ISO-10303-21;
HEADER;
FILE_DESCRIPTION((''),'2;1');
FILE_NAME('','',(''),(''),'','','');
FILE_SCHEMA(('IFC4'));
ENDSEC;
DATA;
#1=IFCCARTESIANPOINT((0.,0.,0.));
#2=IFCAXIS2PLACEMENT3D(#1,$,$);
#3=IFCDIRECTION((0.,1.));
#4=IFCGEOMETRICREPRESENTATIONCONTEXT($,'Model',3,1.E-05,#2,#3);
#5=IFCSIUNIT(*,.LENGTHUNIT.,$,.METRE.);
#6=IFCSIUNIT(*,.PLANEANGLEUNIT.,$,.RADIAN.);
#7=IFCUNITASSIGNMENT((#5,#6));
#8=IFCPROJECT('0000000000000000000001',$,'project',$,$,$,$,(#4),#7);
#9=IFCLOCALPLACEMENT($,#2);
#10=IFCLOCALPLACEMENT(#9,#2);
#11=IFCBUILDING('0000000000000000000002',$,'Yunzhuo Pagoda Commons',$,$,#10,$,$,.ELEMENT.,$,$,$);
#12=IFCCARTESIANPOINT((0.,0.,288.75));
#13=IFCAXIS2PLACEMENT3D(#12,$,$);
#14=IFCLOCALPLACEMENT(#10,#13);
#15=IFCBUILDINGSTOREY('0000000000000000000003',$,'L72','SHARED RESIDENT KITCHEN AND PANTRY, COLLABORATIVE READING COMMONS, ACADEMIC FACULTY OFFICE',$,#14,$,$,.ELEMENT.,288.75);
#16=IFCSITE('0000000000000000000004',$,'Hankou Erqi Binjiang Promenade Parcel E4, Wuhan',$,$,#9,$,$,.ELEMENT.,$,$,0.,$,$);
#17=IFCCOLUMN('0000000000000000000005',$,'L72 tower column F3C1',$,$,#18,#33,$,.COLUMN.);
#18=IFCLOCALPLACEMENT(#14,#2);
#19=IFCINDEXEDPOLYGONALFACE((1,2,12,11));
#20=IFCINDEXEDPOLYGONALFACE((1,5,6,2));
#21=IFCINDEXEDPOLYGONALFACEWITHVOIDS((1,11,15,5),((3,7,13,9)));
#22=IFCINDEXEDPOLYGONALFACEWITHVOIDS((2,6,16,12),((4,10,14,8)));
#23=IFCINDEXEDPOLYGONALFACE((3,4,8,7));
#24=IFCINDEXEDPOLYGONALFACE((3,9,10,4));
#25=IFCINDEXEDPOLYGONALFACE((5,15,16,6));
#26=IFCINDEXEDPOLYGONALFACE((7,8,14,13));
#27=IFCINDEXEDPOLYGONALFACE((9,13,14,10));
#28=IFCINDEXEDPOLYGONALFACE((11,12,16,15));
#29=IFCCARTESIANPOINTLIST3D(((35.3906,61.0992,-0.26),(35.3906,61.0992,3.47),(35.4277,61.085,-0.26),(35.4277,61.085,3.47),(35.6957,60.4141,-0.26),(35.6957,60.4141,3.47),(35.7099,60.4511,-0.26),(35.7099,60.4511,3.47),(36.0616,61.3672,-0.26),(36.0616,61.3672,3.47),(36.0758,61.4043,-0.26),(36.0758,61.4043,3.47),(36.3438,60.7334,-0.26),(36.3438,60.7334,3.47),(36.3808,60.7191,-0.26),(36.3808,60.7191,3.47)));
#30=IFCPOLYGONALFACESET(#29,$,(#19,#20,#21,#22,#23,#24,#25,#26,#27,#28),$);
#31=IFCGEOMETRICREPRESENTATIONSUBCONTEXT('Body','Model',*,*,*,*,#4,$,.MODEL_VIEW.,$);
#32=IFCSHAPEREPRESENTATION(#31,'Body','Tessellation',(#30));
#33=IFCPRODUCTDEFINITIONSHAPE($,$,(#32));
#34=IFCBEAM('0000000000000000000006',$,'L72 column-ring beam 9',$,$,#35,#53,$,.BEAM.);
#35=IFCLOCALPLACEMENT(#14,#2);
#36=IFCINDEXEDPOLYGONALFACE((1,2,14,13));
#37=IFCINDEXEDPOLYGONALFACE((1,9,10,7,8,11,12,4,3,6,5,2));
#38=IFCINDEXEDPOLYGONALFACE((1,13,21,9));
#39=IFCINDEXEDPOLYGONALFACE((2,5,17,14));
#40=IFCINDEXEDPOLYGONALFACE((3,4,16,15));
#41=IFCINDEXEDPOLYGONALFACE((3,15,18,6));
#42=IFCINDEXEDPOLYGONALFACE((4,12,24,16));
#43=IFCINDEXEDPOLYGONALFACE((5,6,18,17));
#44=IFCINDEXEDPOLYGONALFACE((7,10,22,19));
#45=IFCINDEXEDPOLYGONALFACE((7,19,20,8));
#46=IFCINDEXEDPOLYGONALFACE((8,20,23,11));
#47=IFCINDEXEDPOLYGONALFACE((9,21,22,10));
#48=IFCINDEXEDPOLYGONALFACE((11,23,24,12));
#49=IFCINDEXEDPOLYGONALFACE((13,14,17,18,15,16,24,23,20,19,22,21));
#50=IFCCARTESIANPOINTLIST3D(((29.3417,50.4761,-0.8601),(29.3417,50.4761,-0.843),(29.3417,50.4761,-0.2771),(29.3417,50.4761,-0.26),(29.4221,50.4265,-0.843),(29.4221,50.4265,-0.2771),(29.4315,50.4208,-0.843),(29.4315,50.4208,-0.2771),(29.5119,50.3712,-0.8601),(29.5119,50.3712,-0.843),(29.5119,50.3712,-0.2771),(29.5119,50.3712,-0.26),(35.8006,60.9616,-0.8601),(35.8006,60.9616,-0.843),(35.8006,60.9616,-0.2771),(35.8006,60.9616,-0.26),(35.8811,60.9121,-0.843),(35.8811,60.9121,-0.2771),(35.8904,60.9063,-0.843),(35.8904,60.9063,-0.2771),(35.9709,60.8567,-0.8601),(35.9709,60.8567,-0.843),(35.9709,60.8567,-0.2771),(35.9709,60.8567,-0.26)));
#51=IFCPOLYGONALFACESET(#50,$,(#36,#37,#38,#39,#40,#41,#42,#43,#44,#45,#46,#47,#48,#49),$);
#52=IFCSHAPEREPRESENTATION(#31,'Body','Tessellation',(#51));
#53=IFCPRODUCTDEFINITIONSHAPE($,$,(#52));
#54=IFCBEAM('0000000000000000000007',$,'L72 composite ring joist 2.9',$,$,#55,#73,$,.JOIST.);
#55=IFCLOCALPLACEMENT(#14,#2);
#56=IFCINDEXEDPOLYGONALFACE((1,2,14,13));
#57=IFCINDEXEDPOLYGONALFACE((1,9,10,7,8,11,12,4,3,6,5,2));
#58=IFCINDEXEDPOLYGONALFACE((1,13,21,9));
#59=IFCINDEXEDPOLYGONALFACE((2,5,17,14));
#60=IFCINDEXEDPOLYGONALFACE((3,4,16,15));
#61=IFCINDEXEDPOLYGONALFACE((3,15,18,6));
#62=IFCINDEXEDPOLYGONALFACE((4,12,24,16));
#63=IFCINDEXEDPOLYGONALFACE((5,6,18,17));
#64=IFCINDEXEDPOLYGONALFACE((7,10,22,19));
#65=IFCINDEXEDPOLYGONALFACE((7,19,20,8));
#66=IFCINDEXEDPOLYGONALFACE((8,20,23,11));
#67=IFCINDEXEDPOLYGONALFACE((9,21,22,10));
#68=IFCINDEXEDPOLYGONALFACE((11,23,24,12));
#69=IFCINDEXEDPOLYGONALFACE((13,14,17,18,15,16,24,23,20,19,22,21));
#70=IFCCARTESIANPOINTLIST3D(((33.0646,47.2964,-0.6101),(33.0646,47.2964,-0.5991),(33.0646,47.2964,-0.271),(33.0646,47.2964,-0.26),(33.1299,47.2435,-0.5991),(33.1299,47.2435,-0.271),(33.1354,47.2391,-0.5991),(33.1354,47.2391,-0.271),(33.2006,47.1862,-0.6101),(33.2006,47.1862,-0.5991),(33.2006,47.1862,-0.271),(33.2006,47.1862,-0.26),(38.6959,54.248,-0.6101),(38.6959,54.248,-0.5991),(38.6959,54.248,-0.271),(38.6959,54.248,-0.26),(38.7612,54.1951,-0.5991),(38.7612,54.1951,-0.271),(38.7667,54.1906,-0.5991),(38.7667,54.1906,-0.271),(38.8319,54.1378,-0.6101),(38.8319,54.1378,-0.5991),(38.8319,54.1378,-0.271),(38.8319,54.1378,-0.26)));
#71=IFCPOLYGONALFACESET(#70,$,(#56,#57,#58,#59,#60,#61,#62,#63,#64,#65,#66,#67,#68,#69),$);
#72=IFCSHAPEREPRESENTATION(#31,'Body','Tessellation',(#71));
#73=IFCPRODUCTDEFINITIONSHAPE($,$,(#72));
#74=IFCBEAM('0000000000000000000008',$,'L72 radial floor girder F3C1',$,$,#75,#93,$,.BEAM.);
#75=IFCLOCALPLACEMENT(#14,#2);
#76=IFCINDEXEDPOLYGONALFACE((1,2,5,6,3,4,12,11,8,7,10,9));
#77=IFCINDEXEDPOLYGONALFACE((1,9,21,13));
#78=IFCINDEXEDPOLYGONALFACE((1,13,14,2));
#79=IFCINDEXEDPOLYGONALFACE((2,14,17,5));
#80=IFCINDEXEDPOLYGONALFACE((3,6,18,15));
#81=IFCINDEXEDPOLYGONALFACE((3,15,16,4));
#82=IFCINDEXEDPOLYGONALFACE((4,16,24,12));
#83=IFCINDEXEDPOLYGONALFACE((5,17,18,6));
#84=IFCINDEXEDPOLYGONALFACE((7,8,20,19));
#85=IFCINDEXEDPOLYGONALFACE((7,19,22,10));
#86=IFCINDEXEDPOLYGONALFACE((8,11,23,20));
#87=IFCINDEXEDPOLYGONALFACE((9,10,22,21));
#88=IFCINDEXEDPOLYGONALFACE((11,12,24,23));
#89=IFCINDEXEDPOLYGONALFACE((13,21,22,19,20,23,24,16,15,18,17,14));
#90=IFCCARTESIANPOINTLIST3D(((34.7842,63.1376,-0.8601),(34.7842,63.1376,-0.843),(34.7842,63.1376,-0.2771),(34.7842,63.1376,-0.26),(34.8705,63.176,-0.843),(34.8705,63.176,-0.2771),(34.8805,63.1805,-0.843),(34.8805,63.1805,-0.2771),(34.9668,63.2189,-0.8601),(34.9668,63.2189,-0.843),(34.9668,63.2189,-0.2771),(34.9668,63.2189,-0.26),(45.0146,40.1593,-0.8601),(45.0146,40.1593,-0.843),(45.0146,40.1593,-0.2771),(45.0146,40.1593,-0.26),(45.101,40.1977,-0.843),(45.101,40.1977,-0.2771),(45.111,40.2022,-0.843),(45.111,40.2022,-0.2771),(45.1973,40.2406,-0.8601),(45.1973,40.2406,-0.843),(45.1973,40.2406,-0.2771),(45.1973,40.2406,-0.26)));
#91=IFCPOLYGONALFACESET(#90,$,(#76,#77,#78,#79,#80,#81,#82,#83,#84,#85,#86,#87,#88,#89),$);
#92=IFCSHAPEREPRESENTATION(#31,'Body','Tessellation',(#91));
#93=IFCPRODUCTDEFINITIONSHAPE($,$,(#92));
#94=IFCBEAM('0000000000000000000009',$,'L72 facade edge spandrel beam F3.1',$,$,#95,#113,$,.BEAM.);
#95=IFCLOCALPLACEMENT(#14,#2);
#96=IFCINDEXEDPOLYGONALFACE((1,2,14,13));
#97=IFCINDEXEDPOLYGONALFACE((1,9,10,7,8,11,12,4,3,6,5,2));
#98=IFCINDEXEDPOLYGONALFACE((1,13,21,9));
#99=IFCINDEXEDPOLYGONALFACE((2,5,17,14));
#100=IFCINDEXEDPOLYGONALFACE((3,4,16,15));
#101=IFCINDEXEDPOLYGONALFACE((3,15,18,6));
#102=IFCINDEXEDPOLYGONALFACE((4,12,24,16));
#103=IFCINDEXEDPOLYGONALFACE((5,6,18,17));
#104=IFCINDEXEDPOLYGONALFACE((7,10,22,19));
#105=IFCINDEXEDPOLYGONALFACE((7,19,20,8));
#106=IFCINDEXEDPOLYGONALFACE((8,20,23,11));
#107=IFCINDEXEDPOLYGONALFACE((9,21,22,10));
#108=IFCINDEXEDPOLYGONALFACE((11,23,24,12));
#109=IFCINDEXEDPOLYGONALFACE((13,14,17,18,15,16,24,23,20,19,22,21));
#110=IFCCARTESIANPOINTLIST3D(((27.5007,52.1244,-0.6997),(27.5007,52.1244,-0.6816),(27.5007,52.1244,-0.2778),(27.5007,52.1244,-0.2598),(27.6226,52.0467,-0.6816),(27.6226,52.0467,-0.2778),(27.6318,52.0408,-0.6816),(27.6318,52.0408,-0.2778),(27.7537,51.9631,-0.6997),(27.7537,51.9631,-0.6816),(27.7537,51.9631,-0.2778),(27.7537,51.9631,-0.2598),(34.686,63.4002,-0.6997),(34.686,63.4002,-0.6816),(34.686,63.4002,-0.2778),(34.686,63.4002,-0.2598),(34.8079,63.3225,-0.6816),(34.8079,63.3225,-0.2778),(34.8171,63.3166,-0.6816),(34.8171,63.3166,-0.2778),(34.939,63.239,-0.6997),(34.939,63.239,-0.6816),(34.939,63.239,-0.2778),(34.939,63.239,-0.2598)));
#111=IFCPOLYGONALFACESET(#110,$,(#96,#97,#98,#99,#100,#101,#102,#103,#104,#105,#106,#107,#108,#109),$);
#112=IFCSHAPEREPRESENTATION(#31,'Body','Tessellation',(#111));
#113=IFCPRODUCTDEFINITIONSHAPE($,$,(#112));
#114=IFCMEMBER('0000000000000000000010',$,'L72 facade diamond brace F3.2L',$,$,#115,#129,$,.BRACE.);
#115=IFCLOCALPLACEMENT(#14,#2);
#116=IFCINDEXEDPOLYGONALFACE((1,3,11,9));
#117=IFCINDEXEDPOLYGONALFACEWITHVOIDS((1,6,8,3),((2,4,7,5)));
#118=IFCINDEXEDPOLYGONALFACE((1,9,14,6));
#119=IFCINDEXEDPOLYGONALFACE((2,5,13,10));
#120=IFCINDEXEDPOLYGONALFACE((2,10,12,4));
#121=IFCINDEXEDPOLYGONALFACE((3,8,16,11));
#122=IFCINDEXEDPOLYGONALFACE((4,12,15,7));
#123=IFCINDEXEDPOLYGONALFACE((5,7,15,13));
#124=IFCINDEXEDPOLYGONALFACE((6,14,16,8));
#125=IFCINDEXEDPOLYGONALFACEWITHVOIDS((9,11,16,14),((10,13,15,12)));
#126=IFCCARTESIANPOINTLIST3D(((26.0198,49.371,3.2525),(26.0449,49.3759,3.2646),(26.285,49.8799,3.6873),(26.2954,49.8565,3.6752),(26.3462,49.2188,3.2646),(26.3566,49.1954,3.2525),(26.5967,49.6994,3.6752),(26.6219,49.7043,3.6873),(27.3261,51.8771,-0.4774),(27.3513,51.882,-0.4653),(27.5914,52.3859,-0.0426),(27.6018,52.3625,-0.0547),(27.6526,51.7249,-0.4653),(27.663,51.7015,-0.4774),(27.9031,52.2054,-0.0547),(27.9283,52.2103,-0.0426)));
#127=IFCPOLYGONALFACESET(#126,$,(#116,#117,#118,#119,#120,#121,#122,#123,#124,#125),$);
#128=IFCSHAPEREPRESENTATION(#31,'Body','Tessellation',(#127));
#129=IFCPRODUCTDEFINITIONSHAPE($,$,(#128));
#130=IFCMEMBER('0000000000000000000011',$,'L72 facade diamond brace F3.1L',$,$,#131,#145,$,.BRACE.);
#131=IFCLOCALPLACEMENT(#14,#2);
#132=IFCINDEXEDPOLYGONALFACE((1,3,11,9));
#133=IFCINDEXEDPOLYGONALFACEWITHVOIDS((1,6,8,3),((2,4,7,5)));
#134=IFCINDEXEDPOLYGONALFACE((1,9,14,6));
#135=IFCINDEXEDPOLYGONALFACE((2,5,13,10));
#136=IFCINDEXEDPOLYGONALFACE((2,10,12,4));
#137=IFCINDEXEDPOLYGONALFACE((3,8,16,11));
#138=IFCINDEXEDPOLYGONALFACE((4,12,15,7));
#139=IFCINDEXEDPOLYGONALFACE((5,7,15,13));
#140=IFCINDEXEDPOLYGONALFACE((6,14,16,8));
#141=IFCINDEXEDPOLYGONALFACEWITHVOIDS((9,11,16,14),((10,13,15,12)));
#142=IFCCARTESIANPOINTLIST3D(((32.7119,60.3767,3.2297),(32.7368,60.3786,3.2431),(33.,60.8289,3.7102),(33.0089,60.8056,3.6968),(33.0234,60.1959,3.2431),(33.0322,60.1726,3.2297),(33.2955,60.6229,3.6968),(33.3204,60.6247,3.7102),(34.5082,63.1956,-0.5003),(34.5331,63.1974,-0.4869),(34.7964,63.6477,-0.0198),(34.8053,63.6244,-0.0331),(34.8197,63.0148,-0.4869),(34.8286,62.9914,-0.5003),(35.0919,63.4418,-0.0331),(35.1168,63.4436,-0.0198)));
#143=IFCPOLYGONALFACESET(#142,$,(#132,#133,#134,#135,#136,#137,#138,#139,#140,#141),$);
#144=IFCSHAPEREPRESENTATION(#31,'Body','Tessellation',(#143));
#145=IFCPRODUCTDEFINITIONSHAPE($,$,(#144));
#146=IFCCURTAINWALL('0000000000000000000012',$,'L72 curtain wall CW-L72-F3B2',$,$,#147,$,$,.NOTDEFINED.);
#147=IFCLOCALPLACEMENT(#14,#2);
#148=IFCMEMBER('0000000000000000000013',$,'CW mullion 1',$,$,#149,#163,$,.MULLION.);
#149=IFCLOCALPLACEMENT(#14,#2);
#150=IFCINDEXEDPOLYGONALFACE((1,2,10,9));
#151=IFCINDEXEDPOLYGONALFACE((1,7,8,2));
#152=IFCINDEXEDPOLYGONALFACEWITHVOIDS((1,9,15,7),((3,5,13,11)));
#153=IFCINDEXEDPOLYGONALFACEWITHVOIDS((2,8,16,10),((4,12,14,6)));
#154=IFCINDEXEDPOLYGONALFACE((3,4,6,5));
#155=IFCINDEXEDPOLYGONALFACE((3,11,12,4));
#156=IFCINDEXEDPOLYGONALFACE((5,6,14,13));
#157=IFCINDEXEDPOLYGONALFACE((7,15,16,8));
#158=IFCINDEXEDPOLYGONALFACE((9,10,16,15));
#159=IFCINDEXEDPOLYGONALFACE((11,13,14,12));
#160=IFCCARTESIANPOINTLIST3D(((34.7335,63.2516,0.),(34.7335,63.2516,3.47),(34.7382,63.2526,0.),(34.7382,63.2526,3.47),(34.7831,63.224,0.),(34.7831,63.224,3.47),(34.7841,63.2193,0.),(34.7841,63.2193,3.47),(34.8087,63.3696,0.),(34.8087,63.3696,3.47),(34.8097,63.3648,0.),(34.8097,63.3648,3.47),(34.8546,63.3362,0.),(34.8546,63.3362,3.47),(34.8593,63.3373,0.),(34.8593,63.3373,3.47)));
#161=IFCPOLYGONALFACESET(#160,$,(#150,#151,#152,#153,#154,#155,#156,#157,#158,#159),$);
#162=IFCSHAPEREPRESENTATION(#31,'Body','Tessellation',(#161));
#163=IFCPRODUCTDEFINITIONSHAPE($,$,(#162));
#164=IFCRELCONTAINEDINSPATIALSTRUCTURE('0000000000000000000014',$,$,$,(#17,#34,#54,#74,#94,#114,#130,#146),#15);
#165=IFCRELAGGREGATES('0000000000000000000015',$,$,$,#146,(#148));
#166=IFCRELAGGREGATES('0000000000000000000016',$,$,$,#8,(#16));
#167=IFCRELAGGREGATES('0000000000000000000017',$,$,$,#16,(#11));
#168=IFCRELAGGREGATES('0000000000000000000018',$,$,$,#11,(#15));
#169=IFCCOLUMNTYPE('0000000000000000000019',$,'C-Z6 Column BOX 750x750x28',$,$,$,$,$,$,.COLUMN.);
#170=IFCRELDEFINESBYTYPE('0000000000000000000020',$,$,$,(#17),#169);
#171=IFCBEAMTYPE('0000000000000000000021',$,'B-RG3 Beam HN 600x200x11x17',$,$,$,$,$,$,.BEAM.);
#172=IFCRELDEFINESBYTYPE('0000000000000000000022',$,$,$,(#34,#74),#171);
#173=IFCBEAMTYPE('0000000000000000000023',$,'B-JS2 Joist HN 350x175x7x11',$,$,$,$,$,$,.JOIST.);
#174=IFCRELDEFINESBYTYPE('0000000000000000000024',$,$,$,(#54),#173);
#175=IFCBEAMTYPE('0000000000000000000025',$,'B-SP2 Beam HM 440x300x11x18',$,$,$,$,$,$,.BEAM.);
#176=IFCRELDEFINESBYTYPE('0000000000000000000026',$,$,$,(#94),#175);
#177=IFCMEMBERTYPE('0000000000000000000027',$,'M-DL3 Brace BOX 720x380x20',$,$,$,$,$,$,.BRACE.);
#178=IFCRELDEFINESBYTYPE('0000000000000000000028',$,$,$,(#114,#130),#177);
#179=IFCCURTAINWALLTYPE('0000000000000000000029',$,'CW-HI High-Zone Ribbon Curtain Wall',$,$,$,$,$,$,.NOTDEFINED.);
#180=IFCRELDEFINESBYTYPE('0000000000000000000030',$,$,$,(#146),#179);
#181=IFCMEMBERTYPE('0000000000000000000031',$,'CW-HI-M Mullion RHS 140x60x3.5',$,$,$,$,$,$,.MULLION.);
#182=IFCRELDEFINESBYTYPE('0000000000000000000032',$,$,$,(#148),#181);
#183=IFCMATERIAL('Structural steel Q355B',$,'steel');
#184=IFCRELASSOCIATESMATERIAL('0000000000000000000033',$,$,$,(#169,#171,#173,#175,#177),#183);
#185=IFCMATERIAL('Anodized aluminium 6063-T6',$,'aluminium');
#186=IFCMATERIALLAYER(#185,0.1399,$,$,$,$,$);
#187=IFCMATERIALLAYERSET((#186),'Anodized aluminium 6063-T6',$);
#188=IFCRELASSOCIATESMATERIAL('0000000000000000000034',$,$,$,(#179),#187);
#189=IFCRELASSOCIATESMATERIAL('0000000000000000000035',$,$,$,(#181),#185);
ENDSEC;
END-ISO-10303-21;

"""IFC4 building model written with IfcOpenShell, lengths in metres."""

from ifc_helpers import new_model, si_unit, direction, frame, origin, origin_2d, place, context, subcontext, project, spatial, hollow_rectangle, i_section, extrude, source, transform, mapped, material, layer, layer_set, material_profile, profile_set, type_object, element, aggregate, save


model = new_model("IFC4")

# Units and contexts
model_context = context("Model", 3, precision=1e-05, world=origin(), true_north=direction((0.0, 1.0)))
body_context = subcontext(model_context, "Body", "Model", "MODEL_VIEW")
ifc_project = project(units=[si_unit("LENGTHUNIT", "METRE"), si_unit("PLANEANGLEUNIT", "RADIAN")], contexts=[model_context])

# Site, building, storey
site_placement = place(None, origin())
site = spatial("IfcSite", under=ifc_project, at=site_placement, Name="Hankou Erqi Binjiang Promenade Parcel E4, Wuhan", CompositionType="ELEMENT", RefElevation=0.0)
building_placement = place(site_placement, origin())
building = spatial("IfcBuilding", under=site, at=building_placement, Name="Yunzhuo Pagoda Commons", CompositionType="ELEMENT")
storey_placement = place(building_placement, frame((0.0, 0.0, 288.75)))
storey = spatial("IfcBuildingStorey", under=building, at=storey_placement, Name="L72", Description="SHARED RESIDENT KITCHEN AND PANTRY, COLLABORATIVE READING COMMONS, ACADEMIC FACULTY OFFICE", CompositionType="ELEMENT", Elevation=288.75)

# Column
ifc_material_1 = material(Name="Structural steel Q355B", Category="steel")
ifc_material_profile_1 = material_profile(ifc_material_1, hollow_rectangle(XDim=0.75, YDim=0.75, WallThickness=0.0281, at=origin_2d()), Name="Structural steel Q355B")
ifc_profile_set_1 = profile_set([ifc_material_profile_1], Name="Structural steel Q355B")
column_type = type_object("IfcColumnType", Name="C-Z6 Column BOX 750x750x28", PredefinedType="COLUMN", material=ifc_profile_set_1)
shared_shape_1 = source(origin(), body_context, "Body", "SweptSolid", [
    extrude(hollow_rectangle(XDim=0.75, YDim=0.75, WallThickness=0.0281, at=origin_2d()), origin(), (0.0, 0.0, 1.0), 3.73),
])
column_placement = place(storey_placement, frame((35.8857, 60.9092, -0.26), z_axis=(0.0, 0.0, 1.0), x_axis=(-0.913545, -0.406737, 0.0)))
element("IfcColumn", 1, at=column_placement, inside=storey, type_object=column_type, Name="L72 tower column F3C1", PredefinedType="COLUMN", context=body_context, shape_type="MappedRepresentation", body=[
    mapped(shared_shape_1, transform((0.0, 0.0, 0.0), scale=1.0)),
])

# Beams
ifc_material_profile_2 = material_profile(ifc_material_1, i_section(OverallWidth=0.2, OverallDepth=0.6001, WebThickness=0.011, FlangeThickness=0.0171, at=origin_2d()), Name="Structural steel Q355B")
ifc_profile_set_2 = profile_set([ifc_material_profile_2], Name="Structural steel Q355B")
beam_type_1 = type_object("IfcBeamType", Name="B-RG3 Beam HN 600x200x11x17", PredefinedType="BEAM", material=ifc_profile_set_2)
shared_shape_2 = source(origin(), body_context, "Body", "SweptSolid", [
    extrude(i_section(OverallWidth=0.2, OverallDepth=0.6001, WebThickness=0.011, FlangeThickness=0.0171, at=origin_2d()), origin(), (0.0, 0.0, 1.0), 12.3152),
])
beam_1_placement = place(storey_placement, frame((35.8857, 60.9092, -0.5601), z_axis=(-0.524469, -0.85143, 0.0), x_axis=(0.85143, -0.524469, 0.0)))
element("IfcBeam", 2, at=beam_1_placement, inside=storey, type_object=beam_type_1, Name="L72 column-ring beam 9", PredefinedType="BEAM", context=body_context, shape_type="MappedRepresentation", body=[
    mapped(shared_shape_2, transform((0.0, 0.0, 0.0), scale=1.0)),
])
ifc_material_profile_3 = material_profile(ifc_material_1, i_section(OverallWidth=0.175, OverallDepth=0.3501, WebThickness=0.0071, FlangeThickness=0.011, at=origin_2d()), Name="Structural steel Q355B")
ifc_profile_set_3 = profile_set([ifc_material_profile_3], Name="Structural steel Q355B")
beam_type_2 = type_object("IfcBeamType", Name="B-JS2 Joist HN 350x175x7x11", PredefinedType="JOIST", material=ifc_profile_set_3)
shared_shape_3 = source(origin(), body_context, "Body", "SweptSolid", [
    extrude(i_section(OverallWidth=0.175, OverallDepth=0.3501, WebThickness=0.0071, FlangeThickness=0.011, at=origin_2d()), origin(), (0.0, 0.0, 1.0), 8.9463),
])
beam_2_placement = place(storey_placement, frame((38.7639, 54.1929, -0.4351), z_axis=(-0.629456, -0.777036, 0.0), x_axis=(0.777036, -0.629456, 0.0)))
element("IfcBeam", 3, at=beam_2_placement, inside=storey, type_object=beam_type_2, Name="L72 composite ring joist 2.9", PredefinedType="JOIST", context=body_context, shape_type="MappedRepresentation", body=[
    mapped(shared_shape_3, transform((0.0, 0.0, 0.0), scale=1.0)),
])
shared_shape_4 = source(origin(), body_context, "Body", "SweptSolid", [
    extrude(i_section(OverallWidth=0.2, OverallDepth=0.6001, WebThickness=0.011, FlangeThickness=0.0171, at=origin_2d()), origin(), (0.0, 0.0, 1.0), 25.1528),
])
beam_3_placement = place(storey_placement, frame((34.8755, 63.1782, -0.5601), z_axis=(0.406733, -0.913547, 0.0), x_axis=(0.913547, 0.406733, 0.0)))
element("IfcBeam", 4, at=beam_3_placement, inside=storey, type_object=beam_type_1, Name="L72 radial floor girder F3C1", PredefinedType="BEAM", context=body_context, shape_type="MappedRepresentation", body=[
    mapped(shared_shape_4, transform((0.0, 0.0, 0.0), scale=1.0)),
])
ifc_material_profile_4 = material_profile(ifc_material_1, i_section(OverallWidth=0.3, OverallDepth=0.4399, WebThickness=0.011, FlangeThickness=0.0181, at=origin_2d()), Name="Structural steel Q355B")
ifc_profile_set_4 = profile_set([ifc_material_profile_4], Name="Structural steel Q355B")
beam_type_3 = type_object("IfcBeamType", Name="B-SP2 Beam HM 440x300x11x18", PredefinedType="BEAM", material=ifc_profile_set_4)
shared_shape_5 = source(origin(), body_context, "Body", "SweptSolid", [
    extrude(i_section(OverallWidth=0.3, OverallDepth=0.4399, WebThickness=0.011, FlangeThickness=0.0181, at=origin_2d()), origin(), (0.0, 0.0, 1.0), 13.3706),
])
beam_4_placement = place(storey_placement, frame((34.8125, 63.3196, -0.4797), z_axis=(-0.537394, -0.843331, 0.0), x_axis=(0.843331, -0.537394, 0.0)))
element("IfcBeam", 5, at=beam_4_placement, inside=storey, type_object=beam_type_3, Name="L72 facade edge spandrel beam F3.1", PredefinedType="BEAM", context=body_context, shape_type="MappedRepresentation", body=[
    mapped(shared_shape_5, transform((0.0, 0.0, 0.0), scale=1.0)),
])

# Members
ifc_material_profile_5 = material_profile(ifc_material_1, hollow_rectangle(XDim=0.3799, YDim=0.72, WallThickness=0.02, at=origin_2d()), Name="Structural steel Q355B")
ifc_profile_set_5 = profile_set([ifc_material_profile_5], Name="Structural steel Q355B")
member_type_1 = type_object("IfcMemberType", Name="M-DL3 Brace BOX 720x380x20", PredefinedType="BRACE", material=ifc_profile_set_5)
shared_shape_6 = source(origin(), body_context, "Body", "SweptSolid", [
    extrude(hollow_rectangle(XDim=0.3799, YDim=0.72, WallThickness=0.02, at=origin_2d()), origin(), (0.0, 0.0, 1.0), 4.6797),
])
member_1_placement = place(storey_placement, frame((27.6272, 52.0437, -0.26), z_axis=(-0.27916, -0.535522, 0.797048), x_axis=(0.88675, -0.46225, 0.0)))
element("IfcMember", 6, at=member_1_placement, inside=storey, type_object=member_type_1, Name="L72 facade diamond brace F3.2L", PredefinedType="BRACE", context=body_context, shape_type="MappedRepresentation", body=[
    mapped(shared_shape_6, transform((0.0, 0.0, 0.0), scale=1.0)),
])
shared_shape_7 = source(origin(), body_context, "Body", "SweptSolid", [
    extrude(hollow_rectangle(XDim=0.3799, YDim=0.72, WallThickness=0.02, at=origin_2d()), origin(), (0.0, 0.0, 1.0), 5.0085),
])
member_2_placement = place(storey_placement, frame((34.8125, 63.3196, -0.26), z_axis=(-0.358663, -0.562806, 0.744721), x_axis=(0.843312, -0.537424, 0.0)))
element("IfcMember", 7, at=member_2_placement, inside=storey, type_object=member_type_1, Name="L72 facade diamond brace F3.1L", PredefinedType="BRACE", context=body_context, shape_type="MappedRepresentation", body=[
    mapped(shared_shape_7, transform((0.0, 0.0, 0.0), scale=1.0)),
])

# Curtain wall, member
ifc_material_2 = material(Name="Anodized aluminium 6063-T6", Category="aluminium")
ifc_layer_1 = layer(ifc_material_2, 0.1399)
ifc_layer_set_1 = layer_set([ifc_layer_1], Name="Anodized aluminium 6063-T6")
curtain_wall_type = type_object("IfcCurtainWallType", Name="CW-HI High-Zone Ribbon Curtain Wall", PredefinedType="NOTDEFINED", material=ifc_layer_set_1)
curtain_wall_1_placement = place(storey_placement, origin())
curtain_wall_1 = element("IfcCurtainWall", 8, at=curtain_wall_1_placement, inside=storey, type_object=curtain_wall_type, Name="L72 curtain wall CW-L72-F3B2", PredefinedType="NOTDEFINED")
ifc_material_profile_6 = material_profile(ifc_material_2, hollow_rectangle(XDim=0.0601, YDim=0.1399, WallThickness=0.0034, at=origin_2d()), Name="Anodized aluminium 6063-T6")
ifc_profile_set_6 = profile_set([ifc_material_profile_6], Name="Anodized aluminium 6063-T6")
member_type_2 = type_object("IfcMemberType", Name="CW-HI-M Mullion RHS 140x60x3.5", PredefinedType="MULLION", material=ifc_profile_set_6)
shared_shape_8 = source(origin(), body_context, "Body", "SweptSolid", [
    extrude(hollow_rectangle(XDim=0.0601, YDim=0.1399, WallThickness=0.0034, at=origin_2d()), origin(), (0.0, 0.0, 1.0), 3.47),
])
member_3_placement = place(storey_placement, frame((34.7964, 63.2944, 0.0), z_axis=(0.0, 0.0, 1.0), x_axis=(0.84333, -0.537397, 0.0)))
member_3 = element("IfcMember", 9, at=member_3_placement, type_object=member_type_2, Name="CW mullion 1", PredefinedType="MULLION", context=body_context, shape_type="MappedRepresentation", body=[
    mapped(shared_shape_8, transform((0.0, 0.0, 0.0), scale=1.0)),
])

aggregate(curtain_wall_1, [member_3])

save(model, "model.ifc")
